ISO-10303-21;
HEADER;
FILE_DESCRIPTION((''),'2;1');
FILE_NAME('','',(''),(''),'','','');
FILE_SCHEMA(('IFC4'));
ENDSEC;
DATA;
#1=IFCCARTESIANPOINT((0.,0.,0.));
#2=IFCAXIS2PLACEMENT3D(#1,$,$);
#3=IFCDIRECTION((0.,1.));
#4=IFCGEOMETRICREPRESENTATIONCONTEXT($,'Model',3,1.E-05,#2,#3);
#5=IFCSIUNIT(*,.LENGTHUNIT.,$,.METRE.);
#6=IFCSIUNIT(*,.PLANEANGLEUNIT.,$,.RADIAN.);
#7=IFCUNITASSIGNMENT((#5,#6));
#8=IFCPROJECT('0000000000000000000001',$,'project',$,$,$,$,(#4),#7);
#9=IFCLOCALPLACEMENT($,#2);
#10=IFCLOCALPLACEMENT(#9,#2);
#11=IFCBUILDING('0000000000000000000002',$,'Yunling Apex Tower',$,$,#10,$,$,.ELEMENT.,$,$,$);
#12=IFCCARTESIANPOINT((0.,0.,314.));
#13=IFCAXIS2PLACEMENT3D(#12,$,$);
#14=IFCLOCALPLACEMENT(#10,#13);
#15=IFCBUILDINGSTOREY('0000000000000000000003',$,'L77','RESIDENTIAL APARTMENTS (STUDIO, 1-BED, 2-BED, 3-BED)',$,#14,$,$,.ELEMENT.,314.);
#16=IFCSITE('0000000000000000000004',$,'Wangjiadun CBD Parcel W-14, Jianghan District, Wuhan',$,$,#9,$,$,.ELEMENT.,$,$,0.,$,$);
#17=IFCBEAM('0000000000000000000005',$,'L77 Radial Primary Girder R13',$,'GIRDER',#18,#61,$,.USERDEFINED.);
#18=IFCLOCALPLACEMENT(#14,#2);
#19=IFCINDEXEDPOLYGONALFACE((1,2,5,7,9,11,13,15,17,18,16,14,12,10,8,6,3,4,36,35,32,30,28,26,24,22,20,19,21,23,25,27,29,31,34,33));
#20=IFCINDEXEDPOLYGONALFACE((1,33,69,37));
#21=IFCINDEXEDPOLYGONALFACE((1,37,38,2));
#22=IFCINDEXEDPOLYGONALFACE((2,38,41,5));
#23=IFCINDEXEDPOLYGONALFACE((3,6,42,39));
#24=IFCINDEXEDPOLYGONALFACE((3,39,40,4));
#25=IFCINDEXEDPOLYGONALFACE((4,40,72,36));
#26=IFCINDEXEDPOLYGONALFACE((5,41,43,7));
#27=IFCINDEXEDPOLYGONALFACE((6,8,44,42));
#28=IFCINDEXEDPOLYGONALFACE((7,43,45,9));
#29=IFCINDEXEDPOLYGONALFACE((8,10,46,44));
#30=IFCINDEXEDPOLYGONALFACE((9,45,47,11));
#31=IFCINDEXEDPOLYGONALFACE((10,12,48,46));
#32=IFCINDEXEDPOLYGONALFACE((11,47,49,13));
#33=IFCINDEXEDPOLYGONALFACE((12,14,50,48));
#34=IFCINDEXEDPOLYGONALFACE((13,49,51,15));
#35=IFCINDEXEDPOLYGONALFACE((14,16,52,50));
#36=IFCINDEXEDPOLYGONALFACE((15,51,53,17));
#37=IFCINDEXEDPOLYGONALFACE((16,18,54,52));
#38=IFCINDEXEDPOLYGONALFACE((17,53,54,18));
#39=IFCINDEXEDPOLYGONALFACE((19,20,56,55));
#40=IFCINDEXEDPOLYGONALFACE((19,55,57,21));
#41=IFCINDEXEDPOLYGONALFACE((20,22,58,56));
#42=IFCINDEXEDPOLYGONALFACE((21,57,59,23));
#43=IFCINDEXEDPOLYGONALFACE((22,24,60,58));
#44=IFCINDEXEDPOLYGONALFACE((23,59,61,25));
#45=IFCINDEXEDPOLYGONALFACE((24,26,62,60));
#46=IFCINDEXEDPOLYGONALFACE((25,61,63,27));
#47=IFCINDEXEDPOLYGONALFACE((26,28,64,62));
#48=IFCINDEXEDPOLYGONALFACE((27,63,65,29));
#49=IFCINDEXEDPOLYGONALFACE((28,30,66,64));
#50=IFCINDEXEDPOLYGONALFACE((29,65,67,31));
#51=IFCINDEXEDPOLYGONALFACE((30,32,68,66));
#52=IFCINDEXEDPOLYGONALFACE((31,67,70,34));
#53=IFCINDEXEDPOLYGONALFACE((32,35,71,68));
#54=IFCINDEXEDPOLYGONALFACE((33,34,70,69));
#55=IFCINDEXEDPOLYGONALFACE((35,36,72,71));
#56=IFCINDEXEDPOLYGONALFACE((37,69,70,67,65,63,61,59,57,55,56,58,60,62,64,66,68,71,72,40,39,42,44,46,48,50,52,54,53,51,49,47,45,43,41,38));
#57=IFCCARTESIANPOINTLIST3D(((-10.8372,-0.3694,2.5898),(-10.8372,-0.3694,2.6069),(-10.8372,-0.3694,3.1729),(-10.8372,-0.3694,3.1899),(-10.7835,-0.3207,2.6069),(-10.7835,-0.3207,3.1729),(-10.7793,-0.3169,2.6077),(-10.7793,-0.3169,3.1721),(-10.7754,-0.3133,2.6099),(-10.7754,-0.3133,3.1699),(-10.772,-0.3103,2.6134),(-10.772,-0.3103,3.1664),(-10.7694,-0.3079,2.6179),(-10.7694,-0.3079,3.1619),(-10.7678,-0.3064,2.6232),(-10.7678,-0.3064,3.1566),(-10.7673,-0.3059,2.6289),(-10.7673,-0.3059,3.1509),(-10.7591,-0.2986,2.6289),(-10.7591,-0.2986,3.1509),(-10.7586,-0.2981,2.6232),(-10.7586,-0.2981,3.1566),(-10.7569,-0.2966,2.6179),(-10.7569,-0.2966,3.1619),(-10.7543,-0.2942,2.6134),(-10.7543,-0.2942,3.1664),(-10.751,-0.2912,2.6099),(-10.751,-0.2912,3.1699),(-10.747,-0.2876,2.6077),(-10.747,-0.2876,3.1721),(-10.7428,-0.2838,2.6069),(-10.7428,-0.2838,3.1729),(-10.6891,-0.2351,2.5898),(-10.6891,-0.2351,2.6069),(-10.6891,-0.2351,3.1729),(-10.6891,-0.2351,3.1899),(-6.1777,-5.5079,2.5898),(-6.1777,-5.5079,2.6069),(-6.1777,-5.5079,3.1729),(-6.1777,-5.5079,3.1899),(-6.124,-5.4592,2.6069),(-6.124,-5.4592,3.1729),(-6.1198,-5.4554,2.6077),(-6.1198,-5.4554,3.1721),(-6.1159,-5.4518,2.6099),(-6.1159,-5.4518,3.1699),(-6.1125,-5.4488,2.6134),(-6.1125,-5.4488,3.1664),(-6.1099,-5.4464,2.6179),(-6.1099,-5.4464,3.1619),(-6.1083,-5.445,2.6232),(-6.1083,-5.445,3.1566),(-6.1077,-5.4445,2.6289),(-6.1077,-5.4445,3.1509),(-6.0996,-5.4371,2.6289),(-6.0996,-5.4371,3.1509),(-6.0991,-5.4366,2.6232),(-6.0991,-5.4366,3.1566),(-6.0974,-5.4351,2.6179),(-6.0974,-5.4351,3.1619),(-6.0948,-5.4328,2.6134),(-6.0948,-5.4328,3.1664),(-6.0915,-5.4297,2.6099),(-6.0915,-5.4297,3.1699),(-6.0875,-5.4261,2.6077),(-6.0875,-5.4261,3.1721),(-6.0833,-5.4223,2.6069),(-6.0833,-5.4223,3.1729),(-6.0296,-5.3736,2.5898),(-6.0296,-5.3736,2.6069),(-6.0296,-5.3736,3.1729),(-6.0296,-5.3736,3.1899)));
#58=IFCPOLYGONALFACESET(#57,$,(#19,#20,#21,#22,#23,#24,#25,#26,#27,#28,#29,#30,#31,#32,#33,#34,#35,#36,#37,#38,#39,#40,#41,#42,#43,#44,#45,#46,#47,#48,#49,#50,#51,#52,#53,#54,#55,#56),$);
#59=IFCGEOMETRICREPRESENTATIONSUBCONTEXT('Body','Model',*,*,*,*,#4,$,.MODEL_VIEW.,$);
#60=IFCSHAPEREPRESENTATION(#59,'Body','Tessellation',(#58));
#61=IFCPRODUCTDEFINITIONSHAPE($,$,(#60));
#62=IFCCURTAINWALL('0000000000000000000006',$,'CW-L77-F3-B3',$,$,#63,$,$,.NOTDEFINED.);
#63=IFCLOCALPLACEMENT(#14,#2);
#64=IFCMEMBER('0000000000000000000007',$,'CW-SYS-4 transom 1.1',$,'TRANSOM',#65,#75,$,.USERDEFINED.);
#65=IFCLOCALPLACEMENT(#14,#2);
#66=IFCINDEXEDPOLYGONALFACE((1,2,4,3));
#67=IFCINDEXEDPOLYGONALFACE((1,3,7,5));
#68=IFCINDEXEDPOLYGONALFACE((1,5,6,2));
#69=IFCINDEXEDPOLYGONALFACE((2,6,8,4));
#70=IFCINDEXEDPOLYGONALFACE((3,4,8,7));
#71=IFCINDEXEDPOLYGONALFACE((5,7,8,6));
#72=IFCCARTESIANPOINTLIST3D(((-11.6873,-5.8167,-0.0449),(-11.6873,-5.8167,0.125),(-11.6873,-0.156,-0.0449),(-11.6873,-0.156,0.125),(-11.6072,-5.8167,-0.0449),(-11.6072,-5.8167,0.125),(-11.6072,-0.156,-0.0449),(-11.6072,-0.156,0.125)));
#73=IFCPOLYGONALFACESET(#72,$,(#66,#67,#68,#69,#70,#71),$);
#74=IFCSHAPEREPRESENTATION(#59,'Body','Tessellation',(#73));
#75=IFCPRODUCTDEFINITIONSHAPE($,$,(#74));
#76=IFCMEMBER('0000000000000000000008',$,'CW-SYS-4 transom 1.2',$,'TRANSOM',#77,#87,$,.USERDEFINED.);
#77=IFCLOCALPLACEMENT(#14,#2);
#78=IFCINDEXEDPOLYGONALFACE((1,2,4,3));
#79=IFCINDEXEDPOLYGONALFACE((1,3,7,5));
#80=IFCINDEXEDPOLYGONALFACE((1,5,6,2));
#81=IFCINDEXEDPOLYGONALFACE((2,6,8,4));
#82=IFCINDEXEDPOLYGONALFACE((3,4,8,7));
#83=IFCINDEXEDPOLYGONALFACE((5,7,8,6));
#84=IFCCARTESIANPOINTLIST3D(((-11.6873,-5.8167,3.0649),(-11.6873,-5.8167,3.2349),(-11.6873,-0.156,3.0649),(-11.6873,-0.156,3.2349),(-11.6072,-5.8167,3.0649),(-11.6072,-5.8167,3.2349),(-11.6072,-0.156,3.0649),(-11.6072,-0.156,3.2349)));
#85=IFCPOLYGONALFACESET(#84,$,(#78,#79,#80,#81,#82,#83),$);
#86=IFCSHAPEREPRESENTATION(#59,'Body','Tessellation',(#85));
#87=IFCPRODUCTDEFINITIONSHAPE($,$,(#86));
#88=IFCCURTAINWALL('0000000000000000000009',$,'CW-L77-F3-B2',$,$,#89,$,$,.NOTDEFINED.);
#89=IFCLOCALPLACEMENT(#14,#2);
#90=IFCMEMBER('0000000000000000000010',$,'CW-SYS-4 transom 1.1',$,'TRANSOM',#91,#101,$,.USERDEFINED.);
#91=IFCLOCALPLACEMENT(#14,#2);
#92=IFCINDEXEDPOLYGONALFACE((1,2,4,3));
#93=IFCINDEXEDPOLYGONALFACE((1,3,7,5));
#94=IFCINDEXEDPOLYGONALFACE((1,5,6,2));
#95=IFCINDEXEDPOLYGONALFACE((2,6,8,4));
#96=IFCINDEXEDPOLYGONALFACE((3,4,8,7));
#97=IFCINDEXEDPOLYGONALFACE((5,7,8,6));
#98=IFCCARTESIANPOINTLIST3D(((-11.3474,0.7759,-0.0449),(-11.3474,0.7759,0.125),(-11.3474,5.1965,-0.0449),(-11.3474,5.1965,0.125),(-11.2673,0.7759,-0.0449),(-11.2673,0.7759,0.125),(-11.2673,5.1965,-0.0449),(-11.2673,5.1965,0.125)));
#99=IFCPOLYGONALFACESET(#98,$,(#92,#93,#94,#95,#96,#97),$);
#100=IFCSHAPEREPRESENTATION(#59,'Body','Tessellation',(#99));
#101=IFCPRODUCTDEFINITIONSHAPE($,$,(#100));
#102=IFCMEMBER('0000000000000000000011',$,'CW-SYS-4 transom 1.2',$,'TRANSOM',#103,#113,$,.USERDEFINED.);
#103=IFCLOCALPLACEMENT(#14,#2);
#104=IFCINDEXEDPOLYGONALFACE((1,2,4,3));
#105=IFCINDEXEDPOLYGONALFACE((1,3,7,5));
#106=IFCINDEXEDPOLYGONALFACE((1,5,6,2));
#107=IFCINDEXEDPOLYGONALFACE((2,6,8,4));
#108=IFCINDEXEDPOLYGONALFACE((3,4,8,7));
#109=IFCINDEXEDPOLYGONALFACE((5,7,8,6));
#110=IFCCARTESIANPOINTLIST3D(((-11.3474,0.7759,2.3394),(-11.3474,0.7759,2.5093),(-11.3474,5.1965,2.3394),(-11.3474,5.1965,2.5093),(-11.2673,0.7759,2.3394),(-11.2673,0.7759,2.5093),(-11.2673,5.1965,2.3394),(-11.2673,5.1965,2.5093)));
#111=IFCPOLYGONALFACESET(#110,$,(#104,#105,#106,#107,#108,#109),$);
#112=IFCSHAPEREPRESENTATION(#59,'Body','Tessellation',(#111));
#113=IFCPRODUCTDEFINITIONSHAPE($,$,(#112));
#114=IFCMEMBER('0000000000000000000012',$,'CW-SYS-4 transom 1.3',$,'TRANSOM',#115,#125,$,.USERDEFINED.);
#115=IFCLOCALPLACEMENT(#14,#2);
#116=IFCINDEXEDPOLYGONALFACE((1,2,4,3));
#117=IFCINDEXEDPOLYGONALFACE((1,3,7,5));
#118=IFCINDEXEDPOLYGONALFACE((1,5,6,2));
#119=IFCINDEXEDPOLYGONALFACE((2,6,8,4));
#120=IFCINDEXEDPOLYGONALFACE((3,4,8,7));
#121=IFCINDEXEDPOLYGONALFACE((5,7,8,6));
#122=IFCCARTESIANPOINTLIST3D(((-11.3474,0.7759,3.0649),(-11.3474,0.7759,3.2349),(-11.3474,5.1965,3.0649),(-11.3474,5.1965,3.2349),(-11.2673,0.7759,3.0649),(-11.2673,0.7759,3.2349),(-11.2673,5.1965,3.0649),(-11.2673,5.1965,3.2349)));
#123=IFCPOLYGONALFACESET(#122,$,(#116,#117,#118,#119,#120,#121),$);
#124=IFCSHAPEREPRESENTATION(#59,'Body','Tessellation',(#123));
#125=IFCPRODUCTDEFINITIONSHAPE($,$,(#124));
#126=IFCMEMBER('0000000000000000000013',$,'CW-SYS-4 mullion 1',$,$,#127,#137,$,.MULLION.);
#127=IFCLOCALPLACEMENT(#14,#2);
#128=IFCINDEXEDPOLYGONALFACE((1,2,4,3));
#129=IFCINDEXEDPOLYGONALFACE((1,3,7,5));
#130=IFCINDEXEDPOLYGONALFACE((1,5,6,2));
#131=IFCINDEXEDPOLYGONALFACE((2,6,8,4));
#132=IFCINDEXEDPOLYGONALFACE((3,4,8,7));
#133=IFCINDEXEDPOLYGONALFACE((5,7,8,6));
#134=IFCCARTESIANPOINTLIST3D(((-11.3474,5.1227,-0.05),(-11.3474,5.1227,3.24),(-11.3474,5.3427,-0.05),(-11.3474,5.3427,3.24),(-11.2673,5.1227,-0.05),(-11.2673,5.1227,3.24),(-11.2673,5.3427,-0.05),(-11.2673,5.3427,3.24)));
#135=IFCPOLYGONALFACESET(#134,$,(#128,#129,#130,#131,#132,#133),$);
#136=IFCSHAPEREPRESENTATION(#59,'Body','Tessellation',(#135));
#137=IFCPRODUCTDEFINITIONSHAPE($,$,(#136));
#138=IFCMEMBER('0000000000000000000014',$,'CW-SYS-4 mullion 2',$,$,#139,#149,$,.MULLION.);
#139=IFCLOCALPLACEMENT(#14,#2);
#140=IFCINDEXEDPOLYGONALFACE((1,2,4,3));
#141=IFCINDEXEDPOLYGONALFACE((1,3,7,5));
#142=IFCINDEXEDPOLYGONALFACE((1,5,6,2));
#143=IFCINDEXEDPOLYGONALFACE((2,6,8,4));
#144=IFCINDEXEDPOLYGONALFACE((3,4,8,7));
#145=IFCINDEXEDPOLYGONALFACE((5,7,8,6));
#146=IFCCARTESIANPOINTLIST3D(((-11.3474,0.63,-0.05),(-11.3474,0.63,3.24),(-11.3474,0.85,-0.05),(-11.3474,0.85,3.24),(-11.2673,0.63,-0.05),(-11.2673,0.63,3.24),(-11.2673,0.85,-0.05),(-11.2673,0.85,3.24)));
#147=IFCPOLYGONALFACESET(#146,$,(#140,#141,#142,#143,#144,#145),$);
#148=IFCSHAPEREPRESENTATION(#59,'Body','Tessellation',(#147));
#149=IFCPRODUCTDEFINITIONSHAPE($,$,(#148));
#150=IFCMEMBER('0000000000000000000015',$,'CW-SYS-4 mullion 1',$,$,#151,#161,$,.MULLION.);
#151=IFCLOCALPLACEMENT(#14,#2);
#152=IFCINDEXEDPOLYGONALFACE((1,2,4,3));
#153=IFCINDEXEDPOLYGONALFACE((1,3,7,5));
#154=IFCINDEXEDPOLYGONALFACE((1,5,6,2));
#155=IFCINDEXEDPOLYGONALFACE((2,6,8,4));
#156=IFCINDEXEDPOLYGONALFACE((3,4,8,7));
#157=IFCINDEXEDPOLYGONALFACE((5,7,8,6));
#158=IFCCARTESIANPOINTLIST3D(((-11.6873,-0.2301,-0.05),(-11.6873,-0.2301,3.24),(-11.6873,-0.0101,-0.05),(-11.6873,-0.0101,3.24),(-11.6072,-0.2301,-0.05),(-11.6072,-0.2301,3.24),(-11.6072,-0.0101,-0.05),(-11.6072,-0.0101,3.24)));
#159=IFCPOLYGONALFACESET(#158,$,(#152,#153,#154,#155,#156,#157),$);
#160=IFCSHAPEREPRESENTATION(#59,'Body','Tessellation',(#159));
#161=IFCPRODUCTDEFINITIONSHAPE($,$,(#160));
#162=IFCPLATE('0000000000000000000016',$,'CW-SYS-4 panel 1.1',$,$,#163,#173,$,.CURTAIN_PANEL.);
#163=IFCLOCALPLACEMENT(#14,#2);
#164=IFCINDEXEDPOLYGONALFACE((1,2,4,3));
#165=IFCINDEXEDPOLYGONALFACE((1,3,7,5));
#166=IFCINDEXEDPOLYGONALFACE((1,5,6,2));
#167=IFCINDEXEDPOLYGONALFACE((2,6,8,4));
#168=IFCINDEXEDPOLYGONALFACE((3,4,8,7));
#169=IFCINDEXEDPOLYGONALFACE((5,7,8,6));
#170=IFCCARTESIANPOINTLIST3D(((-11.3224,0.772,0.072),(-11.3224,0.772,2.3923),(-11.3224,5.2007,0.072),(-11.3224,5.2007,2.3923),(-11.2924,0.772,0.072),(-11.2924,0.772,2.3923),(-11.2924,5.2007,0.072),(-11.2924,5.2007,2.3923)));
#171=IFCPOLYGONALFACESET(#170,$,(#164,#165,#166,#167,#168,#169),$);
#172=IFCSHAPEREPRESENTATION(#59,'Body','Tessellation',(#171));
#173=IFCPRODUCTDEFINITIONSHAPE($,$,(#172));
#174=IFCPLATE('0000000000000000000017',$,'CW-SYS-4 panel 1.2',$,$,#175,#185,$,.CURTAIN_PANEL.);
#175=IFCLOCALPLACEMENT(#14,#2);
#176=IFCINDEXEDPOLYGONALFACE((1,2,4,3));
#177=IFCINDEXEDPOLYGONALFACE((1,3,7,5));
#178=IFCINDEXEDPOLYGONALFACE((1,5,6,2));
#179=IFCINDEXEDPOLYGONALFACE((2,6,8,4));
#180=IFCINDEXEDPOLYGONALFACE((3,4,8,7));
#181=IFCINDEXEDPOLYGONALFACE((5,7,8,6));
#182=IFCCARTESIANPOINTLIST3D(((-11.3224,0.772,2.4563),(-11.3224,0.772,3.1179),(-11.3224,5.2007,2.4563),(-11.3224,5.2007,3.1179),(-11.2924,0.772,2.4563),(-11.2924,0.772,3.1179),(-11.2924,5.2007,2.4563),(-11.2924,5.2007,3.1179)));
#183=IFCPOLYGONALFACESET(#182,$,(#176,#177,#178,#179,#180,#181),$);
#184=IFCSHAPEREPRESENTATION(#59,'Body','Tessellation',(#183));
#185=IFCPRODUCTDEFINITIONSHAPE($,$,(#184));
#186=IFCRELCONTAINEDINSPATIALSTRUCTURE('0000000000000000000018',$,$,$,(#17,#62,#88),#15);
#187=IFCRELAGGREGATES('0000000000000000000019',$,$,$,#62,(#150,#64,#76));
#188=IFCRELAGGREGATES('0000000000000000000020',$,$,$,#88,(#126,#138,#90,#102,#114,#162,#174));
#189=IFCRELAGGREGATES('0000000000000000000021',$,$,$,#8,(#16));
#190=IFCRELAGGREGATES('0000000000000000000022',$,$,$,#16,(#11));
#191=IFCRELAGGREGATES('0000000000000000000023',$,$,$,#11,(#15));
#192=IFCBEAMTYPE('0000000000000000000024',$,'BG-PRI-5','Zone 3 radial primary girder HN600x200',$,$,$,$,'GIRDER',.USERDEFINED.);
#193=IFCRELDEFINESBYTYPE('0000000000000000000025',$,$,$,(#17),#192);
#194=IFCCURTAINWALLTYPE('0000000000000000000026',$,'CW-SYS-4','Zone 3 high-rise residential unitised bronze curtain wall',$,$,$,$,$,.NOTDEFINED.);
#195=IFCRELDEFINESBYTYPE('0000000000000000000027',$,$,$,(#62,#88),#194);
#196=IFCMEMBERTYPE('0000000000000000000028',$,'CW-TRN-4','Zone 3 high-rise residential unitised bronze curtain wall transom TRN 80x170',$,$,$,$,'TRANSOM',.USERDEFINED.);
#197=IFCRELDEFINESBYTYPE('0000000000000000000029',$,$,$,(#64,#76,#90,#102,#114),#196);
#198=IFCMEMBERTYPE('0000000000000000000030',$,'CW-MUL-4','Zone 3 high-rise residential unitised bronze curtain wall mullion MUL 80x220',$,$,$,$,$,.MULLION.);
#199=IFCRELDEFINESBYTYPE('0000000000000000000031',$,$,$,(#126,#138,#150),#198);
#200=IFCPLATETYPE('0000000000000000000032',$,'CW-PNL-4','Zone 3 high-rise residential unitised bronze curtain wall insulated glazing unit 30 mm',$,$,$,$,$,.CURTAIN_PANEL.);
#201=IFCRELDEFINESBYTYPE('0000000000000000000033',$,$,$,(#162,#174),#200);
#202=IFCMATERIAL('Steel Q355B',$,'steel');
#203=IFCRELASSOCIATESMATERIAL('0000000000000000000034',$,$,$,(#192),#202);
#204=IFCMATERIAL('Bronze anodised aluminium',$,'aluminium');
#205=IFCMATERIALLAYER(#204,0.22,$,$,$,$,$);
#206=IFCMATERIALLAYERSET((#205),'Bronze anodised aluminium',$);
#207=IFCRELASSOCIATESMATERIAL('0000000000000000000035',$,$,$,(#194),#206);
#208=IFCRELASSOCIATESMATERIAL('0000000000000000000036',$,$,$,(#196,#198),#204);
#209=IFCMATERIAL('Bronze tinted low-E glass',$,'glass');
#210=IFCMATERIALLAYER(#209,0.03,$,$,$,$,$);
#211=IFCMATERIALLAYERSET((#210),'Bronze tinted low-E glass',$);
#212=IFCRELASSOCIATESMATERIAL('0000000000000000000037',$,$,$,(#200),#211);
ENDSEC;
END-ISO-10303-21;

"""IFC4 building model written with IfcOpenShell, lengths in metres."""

from ifc_helpers import new_model, si_unit, direction, frame, origin, origin_2d, place, context, subcontext, project, spatial, rectangle, i_section, extrude, source, transform, mapped, material, layer, layer_set, material_profile, profile_set, type_object, element, aggregate, save


model = new_model("IFC4")

# Units and contexts
model_context = context("Model", 3, precision=1e-05, world=origin(), true_north=direction((0.0, 1.0)))
body_context = subcontext(model_context, "Body", "Model", "MODEL_VIEW")
ifc_project = project(units=[si_unit("LENGTHUNIT", "METRE"), si_unit("PLANEANGLEUNIT", "RADIAN")], contexts=[model_context])

# Site, building, storey
site_placement = place(None, origin())
site = spatial("IfcSite", under=ifc_project, at=site_placement, Name="Wangjiadun CBD Parcel W-14, Jianghan District, Wuhan", CompositionType="ELEMENT", RefElevation=0.0)
building_placement = place(site_placement, origin())
building = spatial("IfcBuilding", under=site, at=building_placement, Name="Yunling Apex Tower", CompositionType="ELEMENT")
storey_placement = place(building_placement, frame((0.0, 0.0, 314.0)))
storey = spatial("IfcBuildingStorey", under=building, at=storey_placement, Name="L77", Description="RESIDENTIAL APARTMENTS (STUDIO, 1-BED, 2-BED, 3-BED)", CompositionType="ELEMENT", Elevation=314.0)

# Shared definitions
ifc_material_1 = material(Name="Steel Q355B", Category="steel")

# Beam
ifc_material_profile_1 = material_profile(ifc_material_1, i_section(OverallWidth=0.2, OverallDepth=0.6001, WebThickness=0.011, FlangeThickness=0.0171, FilletRadius=0.022, at=origin_2d()))
ifc_profile_set_1 = profile_set([ifc_material_profile_1], Name="Steel Q355B")
beam_type_1 = type_object("IfcBeamType", Name="BG-PRI-5", Description="Zone 3 radial primary girder HN600x200", ElementType="GIRDER", PredefinedType="USERDEFINED", material=ifc_profile_set_1)
shared_shape_1 = source(origin(), body_context, "Body", "SweptSolid", [
    extrude(i_section(OverallWidth=0.2, OverallDepth=0.6001, WebThickness=0.011, FlangeThickness=0.0171, FilletRadius=0.022, at=origin_2d()), origin(), (0.0, 0.0, 1.0), 6.9365),
])
beam_1_placement = place(storey_placement, frame((-10.7632, -0.3022, 2.8899), z_axis=(0.671735, -0.740792, 0.0), x_axis=(0.740792, 0.671735, 0.0)))
element("IfcBeam", 1, at=beam_1_placement, inside=storey, type_object=beam_type_1, Name="L77 Radial Primary Girder R13", ObjectType="GIRDER", PredefinedType="USERDEFINED", context=body_context, shape_type="MappedRepresentation", body=[
    mapped(shared_shape_1, transform((0.0, 0.0, 0.0), scale=1.0)),
])

# Curtain walls, members
ifc_material_2 = material(Name="Bronze anodised aluminium", Category="aluminium")
ifc_layer_1 = layer(ifc_material_2, 0.22)
ifc_layer_set_1 = layer_set([ifc_layer_1], Name="Bronze anodised aluminium")
curtain_wall_type = type_object("IfcCurtainWallType", Name="CW-SYS-4", Description="Zone 3 high-rise residential unitised bronze curtain wall", PredefinedType="NOTDEFINED", material=ifc_layer_set_1)
curtain_wall_1_placement = place(storey_placement, origin())
curtain_wall_1 = element("IfcCurtainWall", 2, at=curtain_wall_1_placement, inside=storey, type_object=curtain_wall_type, Name="CW-L77-F3-B3", PredefinedType="NOTDEFINED")
ifc_material_profile_2 = material_profile(ifc_material_2, rectangle(XDim=0.0801, YDim=0.1699, at=origin_2d()))
ifc_profile_set_2 = profile_set([ifc_material_profile_2], Name="Bronze anodised aluminium")
member_type_1 = type_object("IfcMemberType", Name="CW-TRN-4", Description="Zone 3 high-rise residential unitised bronze curtain wall transom TRN 80x170", ElementType="TRANSOM", PredefinedType="USERDEFINED", material=ifc_profile_set_2)
shared_shape_2 = source(origin(), body_context, "Body", "SweptSolid", [
    extrude(rectangle(XDim=0.0801, YDim=0.1699, at=origin_2d()), origin(), (0.0, 0.0, 1.0), 5.6606),
])
member_1_placement = place(storey_placement, frame((-11.6472, -0.156, 0.04), z_axis=(0.0, -1.0, 0.0), x_axis=(1.0, 0.0, 0.0)))
member_1 = element("IfcMember", 3, at=member_1_placement, type_object=member_type_1, Name="CW-SYS-4 transom 1.1", ObjectType="TRANSOM", PredefinedType="USERDEFINED", context=body_context, shape_type="MappedRepresentation", body=[
    mapped(shared_shape_2, transform((0.0, 0.0, 0.0), scale=1.0)),
])
member_2_placement = place(storey_placement, frame((-11.6472, -0.156, 3.1499), z_axis=(0.0, -1.0, 0.0), x_axis=(1.0, 0.0, 0.0)))
member_2 = element("IfcMember", 4, at=member_2_placement, type_object=member_type_1, Name="CW-SYS-4 transom 1.2", ObjectType="TRANSOM", PredefinedType="USERDEFINED", context=body_context, shape_type="MappedRepresentation", body=[
    mapped(shared_shape_2, transform((0.0, 0.0, 0.0), scale=1.0)),
])
curtain_wall_2_placement = place(storey_placement, origin())
curtain_wall_2 = element("IfcCurtainWall", 5, at=curtain_wall_2_placement, inside=storey, type_object=curtain_wall_type, Name="CW-L77-F3-B2", PredefinedType="NOTDEFINED")
shared_shape_3 = source(origin(), body_context, "Body", "SweptSolid", [
    extrude(rectangle(XDim=0.0801, YDim=0.1699, at=origin_2d()), origin(), (0.0, 0.0, 1.0), 4.4207),
])
member_3_placement = place(storey_placement, frame((-11.3074, 5.1965, 0.04), z_axis=(0.0, -1.0, 0.0), x_axis=(1.0, 0.0, 0.0)))
member_3 = element("IfcMember", 6, at=member_3_placement, type_object=member_type_1, Name="CW-SYS-4 transom 1.1", ObjectType="TRANSOM", PredefinedType="USERDEFINED", context=body_context, shape_type="MappedRepresentation", body=[
    mapped(shared_shape_3, transform((0.0, 0.0, 0.0), scale=1.0)),
])
member_4_placement = place(storey_placement, frame((-11.3074, 5.1965, 2.4243), z_axis=(0.0, -1.0, 0.0), x_axis=(1.0, 0.0, 0.0)))
member_4 = element("IfcMember", 7, at=member_4_placement, type_object=member_type_1, Name="CW-SYS-4 transom 1.2", ObjectType="TRANSOM", PredefinedType="USERDEFINED", context=body_context, shape_type="MappedRepresentation", body=[
    mapped(shared_shape_3, transform((0.0, 0.0, 0.0), scale=1.0)),
])
member_5_placement = place(storey_placement, frame((-11.3074, 5.1965, 3.1499), z_axis=(0.0, -1.0, 0.0), x_axis=(1.0, 0.0, 0.0)))
member_5 = element("IfcMember", 8, at=member_5_placement, type_object=member_type_1, Name="CW-SYS-4 transom 1.3", ObjectType="TRANSOM", PredefinedType="USERDEFINED", context=body_context, shape_type="MappedRepresentation", body=[
    mapped(shared_shape_3, transform((0.0, 0.0, 0.0), scale=1.0)),
])
ifc_material_profile_3 = material_profile(ifc_material_2, rectangle(XDim=0.0801, YDim=0.22, at=origin_2d()))
ifc_profile_set_3 = profile_set([ifc_material_profile_3], Name="Bronze anodised aluminium")
member_type_2 = type_object("IfcMemberType", Name="CW-MUL-4", Description="Zone 3 high-rise residential unitised bronze curtain wall mullion MUL 80x220", PredefinedType="MULLION", material=ifc_profile_set_3)
shared_shape_4 = source(origin(), body_context, "Body", "SweptSolid", [
    extrude(rectangle(XDim=0.0801, YDim=0.22, at=origin_2d()), origin(), (0.0, 0.0, 1.0), 3.29),
])
member_6_placement = place(storey_placement, frame((-11.3074, 5.2327, -0.05), z_axis=(0.0, 0.0, 1.0), x_axis=(1.0, 0.0, 0.0)))
member_6 = element("IfcMember", 9, at=member_6_placement, type_object=member_type_2, Name="CW-SYS-4 mullion 1", PredefinedType="MULLION", context=body_context, shape_type="MappedRepresentation", body=[
    mapped(shared_shape_4, transform((0.0, 0.0, 0.0), scale=1.0)),
])
member_7_placement = place(storey_placement, frame((-11.3074, 0.74, -0.05), z_axis=(0.0, 0.0, 1.0), x_axis=(1.0, 0.0, 0.0)))
member_7 = element("IfcMember", 10, at=member_7_placement, type_object=member_type_2, Name="CW-SYS-4 mullion 2", PredefinedType="MULLION", context=body_context, shape_type="MappedRepresentation", body=[
    mapped(shared_shape_4, transform((0.0, 0.0, 0.0), scale=1.0)),
])

# Member
member_8_placement = place(storey_placement, frame((-11.6472, -0.1201, -0.05), z_axis=(0.0, 0.0, 1.0), x_axis=(1.0, 0.0, 0.0)))
member_8 = element("IfcMember", 11, at=member_8_placement, type_object=member_type_2, Name="CW-SYS-4 mullion 1", PredefinedType="MULLION", context=body_context, shape_type="MappedRepresentation", body=[
    mapped(shared_shape_4, transform((0.0, 0.0, 0.0), scale=1.0)),
])
aggregate(curtain_wall_1, [member_8, member_1, member_2])

# Plates
ifc_material_3 = material(Name="Bronze tinted low-E glass", Category="glass")
ifc_layer_2 = layer(ifc_material_3, 0.03)
ifc_layer_set_2 = layer_set([ifc_layer_2], Name="Bronze tinted low-E glass")
plate_type = type_object("IfcPlateType", Name="CW-PNL-4", Description="Zone 3 high-rise residential unitised bronze curtain wall insulated glazing unit 30 mm", PredefinedType="CURTAIN_PANEL", material=ifc_layer_set_2)
shared_shape_5 = source(origin(), body_context, "Body", "SweptSolid", [
    extrude(rectangle(XDim=4.4287, YDim=0.03, at=origin_2d()), origin(), (0.0, 0.0, 1.0), 2.3203),
])
plate_1_placement = place(storey_placement, frame((-11.3074, 2.9863, 0.072), z_axis=(0.0, 0.0, 1.0), x_axis=(0.0, -1.0, 0.0)))
plate_1 = element("IfcPlate", 12, at=plate_1_placement, type_object=plate_type, Name="CW-SYS-4 panel 1.1", PredefinedType="CURTAIN_PANEL", context=body_context, shape_type="MappedRepresentation", body=[
    mapped(shared_shape_5, transform((0.0, 0.0, 0.0), scale=1.0)),
])
shared_shape_6 = source(origin(), body_context, "Body", "SweptSolid", [
    extrude(rectangle(XDim=4.4287, YDim=0.03, at=origin_2d()), origin(), (0.0, 0.0, 1.0), 0.6616),
])
plate_2_placement = place(storey_placement, frame((-11.3074, 2.9863, 2.4563), z_axis=(0.0, 0.0, 1.0), x_axis=(0.0, -1.0, 0.0)))
plate_2 = element("IfcPlate", 13, at=plate_2_placement, type_object=plate_type, Name="CW-SYS-4 panel 1.2", PredefinedType="CURTAIN_PANEL", context=body_context, shape_type="MappedRepresentation", body=[
    mapped(shared_shape_6, transform((0.0, 0.0, 0.0), scale=1.0)),
])
aggregate(curtain_wall_2, [member_6, member_7, member_3, member_4, member_5, plate_1, plate_2])

save(model, "model.ifc")
